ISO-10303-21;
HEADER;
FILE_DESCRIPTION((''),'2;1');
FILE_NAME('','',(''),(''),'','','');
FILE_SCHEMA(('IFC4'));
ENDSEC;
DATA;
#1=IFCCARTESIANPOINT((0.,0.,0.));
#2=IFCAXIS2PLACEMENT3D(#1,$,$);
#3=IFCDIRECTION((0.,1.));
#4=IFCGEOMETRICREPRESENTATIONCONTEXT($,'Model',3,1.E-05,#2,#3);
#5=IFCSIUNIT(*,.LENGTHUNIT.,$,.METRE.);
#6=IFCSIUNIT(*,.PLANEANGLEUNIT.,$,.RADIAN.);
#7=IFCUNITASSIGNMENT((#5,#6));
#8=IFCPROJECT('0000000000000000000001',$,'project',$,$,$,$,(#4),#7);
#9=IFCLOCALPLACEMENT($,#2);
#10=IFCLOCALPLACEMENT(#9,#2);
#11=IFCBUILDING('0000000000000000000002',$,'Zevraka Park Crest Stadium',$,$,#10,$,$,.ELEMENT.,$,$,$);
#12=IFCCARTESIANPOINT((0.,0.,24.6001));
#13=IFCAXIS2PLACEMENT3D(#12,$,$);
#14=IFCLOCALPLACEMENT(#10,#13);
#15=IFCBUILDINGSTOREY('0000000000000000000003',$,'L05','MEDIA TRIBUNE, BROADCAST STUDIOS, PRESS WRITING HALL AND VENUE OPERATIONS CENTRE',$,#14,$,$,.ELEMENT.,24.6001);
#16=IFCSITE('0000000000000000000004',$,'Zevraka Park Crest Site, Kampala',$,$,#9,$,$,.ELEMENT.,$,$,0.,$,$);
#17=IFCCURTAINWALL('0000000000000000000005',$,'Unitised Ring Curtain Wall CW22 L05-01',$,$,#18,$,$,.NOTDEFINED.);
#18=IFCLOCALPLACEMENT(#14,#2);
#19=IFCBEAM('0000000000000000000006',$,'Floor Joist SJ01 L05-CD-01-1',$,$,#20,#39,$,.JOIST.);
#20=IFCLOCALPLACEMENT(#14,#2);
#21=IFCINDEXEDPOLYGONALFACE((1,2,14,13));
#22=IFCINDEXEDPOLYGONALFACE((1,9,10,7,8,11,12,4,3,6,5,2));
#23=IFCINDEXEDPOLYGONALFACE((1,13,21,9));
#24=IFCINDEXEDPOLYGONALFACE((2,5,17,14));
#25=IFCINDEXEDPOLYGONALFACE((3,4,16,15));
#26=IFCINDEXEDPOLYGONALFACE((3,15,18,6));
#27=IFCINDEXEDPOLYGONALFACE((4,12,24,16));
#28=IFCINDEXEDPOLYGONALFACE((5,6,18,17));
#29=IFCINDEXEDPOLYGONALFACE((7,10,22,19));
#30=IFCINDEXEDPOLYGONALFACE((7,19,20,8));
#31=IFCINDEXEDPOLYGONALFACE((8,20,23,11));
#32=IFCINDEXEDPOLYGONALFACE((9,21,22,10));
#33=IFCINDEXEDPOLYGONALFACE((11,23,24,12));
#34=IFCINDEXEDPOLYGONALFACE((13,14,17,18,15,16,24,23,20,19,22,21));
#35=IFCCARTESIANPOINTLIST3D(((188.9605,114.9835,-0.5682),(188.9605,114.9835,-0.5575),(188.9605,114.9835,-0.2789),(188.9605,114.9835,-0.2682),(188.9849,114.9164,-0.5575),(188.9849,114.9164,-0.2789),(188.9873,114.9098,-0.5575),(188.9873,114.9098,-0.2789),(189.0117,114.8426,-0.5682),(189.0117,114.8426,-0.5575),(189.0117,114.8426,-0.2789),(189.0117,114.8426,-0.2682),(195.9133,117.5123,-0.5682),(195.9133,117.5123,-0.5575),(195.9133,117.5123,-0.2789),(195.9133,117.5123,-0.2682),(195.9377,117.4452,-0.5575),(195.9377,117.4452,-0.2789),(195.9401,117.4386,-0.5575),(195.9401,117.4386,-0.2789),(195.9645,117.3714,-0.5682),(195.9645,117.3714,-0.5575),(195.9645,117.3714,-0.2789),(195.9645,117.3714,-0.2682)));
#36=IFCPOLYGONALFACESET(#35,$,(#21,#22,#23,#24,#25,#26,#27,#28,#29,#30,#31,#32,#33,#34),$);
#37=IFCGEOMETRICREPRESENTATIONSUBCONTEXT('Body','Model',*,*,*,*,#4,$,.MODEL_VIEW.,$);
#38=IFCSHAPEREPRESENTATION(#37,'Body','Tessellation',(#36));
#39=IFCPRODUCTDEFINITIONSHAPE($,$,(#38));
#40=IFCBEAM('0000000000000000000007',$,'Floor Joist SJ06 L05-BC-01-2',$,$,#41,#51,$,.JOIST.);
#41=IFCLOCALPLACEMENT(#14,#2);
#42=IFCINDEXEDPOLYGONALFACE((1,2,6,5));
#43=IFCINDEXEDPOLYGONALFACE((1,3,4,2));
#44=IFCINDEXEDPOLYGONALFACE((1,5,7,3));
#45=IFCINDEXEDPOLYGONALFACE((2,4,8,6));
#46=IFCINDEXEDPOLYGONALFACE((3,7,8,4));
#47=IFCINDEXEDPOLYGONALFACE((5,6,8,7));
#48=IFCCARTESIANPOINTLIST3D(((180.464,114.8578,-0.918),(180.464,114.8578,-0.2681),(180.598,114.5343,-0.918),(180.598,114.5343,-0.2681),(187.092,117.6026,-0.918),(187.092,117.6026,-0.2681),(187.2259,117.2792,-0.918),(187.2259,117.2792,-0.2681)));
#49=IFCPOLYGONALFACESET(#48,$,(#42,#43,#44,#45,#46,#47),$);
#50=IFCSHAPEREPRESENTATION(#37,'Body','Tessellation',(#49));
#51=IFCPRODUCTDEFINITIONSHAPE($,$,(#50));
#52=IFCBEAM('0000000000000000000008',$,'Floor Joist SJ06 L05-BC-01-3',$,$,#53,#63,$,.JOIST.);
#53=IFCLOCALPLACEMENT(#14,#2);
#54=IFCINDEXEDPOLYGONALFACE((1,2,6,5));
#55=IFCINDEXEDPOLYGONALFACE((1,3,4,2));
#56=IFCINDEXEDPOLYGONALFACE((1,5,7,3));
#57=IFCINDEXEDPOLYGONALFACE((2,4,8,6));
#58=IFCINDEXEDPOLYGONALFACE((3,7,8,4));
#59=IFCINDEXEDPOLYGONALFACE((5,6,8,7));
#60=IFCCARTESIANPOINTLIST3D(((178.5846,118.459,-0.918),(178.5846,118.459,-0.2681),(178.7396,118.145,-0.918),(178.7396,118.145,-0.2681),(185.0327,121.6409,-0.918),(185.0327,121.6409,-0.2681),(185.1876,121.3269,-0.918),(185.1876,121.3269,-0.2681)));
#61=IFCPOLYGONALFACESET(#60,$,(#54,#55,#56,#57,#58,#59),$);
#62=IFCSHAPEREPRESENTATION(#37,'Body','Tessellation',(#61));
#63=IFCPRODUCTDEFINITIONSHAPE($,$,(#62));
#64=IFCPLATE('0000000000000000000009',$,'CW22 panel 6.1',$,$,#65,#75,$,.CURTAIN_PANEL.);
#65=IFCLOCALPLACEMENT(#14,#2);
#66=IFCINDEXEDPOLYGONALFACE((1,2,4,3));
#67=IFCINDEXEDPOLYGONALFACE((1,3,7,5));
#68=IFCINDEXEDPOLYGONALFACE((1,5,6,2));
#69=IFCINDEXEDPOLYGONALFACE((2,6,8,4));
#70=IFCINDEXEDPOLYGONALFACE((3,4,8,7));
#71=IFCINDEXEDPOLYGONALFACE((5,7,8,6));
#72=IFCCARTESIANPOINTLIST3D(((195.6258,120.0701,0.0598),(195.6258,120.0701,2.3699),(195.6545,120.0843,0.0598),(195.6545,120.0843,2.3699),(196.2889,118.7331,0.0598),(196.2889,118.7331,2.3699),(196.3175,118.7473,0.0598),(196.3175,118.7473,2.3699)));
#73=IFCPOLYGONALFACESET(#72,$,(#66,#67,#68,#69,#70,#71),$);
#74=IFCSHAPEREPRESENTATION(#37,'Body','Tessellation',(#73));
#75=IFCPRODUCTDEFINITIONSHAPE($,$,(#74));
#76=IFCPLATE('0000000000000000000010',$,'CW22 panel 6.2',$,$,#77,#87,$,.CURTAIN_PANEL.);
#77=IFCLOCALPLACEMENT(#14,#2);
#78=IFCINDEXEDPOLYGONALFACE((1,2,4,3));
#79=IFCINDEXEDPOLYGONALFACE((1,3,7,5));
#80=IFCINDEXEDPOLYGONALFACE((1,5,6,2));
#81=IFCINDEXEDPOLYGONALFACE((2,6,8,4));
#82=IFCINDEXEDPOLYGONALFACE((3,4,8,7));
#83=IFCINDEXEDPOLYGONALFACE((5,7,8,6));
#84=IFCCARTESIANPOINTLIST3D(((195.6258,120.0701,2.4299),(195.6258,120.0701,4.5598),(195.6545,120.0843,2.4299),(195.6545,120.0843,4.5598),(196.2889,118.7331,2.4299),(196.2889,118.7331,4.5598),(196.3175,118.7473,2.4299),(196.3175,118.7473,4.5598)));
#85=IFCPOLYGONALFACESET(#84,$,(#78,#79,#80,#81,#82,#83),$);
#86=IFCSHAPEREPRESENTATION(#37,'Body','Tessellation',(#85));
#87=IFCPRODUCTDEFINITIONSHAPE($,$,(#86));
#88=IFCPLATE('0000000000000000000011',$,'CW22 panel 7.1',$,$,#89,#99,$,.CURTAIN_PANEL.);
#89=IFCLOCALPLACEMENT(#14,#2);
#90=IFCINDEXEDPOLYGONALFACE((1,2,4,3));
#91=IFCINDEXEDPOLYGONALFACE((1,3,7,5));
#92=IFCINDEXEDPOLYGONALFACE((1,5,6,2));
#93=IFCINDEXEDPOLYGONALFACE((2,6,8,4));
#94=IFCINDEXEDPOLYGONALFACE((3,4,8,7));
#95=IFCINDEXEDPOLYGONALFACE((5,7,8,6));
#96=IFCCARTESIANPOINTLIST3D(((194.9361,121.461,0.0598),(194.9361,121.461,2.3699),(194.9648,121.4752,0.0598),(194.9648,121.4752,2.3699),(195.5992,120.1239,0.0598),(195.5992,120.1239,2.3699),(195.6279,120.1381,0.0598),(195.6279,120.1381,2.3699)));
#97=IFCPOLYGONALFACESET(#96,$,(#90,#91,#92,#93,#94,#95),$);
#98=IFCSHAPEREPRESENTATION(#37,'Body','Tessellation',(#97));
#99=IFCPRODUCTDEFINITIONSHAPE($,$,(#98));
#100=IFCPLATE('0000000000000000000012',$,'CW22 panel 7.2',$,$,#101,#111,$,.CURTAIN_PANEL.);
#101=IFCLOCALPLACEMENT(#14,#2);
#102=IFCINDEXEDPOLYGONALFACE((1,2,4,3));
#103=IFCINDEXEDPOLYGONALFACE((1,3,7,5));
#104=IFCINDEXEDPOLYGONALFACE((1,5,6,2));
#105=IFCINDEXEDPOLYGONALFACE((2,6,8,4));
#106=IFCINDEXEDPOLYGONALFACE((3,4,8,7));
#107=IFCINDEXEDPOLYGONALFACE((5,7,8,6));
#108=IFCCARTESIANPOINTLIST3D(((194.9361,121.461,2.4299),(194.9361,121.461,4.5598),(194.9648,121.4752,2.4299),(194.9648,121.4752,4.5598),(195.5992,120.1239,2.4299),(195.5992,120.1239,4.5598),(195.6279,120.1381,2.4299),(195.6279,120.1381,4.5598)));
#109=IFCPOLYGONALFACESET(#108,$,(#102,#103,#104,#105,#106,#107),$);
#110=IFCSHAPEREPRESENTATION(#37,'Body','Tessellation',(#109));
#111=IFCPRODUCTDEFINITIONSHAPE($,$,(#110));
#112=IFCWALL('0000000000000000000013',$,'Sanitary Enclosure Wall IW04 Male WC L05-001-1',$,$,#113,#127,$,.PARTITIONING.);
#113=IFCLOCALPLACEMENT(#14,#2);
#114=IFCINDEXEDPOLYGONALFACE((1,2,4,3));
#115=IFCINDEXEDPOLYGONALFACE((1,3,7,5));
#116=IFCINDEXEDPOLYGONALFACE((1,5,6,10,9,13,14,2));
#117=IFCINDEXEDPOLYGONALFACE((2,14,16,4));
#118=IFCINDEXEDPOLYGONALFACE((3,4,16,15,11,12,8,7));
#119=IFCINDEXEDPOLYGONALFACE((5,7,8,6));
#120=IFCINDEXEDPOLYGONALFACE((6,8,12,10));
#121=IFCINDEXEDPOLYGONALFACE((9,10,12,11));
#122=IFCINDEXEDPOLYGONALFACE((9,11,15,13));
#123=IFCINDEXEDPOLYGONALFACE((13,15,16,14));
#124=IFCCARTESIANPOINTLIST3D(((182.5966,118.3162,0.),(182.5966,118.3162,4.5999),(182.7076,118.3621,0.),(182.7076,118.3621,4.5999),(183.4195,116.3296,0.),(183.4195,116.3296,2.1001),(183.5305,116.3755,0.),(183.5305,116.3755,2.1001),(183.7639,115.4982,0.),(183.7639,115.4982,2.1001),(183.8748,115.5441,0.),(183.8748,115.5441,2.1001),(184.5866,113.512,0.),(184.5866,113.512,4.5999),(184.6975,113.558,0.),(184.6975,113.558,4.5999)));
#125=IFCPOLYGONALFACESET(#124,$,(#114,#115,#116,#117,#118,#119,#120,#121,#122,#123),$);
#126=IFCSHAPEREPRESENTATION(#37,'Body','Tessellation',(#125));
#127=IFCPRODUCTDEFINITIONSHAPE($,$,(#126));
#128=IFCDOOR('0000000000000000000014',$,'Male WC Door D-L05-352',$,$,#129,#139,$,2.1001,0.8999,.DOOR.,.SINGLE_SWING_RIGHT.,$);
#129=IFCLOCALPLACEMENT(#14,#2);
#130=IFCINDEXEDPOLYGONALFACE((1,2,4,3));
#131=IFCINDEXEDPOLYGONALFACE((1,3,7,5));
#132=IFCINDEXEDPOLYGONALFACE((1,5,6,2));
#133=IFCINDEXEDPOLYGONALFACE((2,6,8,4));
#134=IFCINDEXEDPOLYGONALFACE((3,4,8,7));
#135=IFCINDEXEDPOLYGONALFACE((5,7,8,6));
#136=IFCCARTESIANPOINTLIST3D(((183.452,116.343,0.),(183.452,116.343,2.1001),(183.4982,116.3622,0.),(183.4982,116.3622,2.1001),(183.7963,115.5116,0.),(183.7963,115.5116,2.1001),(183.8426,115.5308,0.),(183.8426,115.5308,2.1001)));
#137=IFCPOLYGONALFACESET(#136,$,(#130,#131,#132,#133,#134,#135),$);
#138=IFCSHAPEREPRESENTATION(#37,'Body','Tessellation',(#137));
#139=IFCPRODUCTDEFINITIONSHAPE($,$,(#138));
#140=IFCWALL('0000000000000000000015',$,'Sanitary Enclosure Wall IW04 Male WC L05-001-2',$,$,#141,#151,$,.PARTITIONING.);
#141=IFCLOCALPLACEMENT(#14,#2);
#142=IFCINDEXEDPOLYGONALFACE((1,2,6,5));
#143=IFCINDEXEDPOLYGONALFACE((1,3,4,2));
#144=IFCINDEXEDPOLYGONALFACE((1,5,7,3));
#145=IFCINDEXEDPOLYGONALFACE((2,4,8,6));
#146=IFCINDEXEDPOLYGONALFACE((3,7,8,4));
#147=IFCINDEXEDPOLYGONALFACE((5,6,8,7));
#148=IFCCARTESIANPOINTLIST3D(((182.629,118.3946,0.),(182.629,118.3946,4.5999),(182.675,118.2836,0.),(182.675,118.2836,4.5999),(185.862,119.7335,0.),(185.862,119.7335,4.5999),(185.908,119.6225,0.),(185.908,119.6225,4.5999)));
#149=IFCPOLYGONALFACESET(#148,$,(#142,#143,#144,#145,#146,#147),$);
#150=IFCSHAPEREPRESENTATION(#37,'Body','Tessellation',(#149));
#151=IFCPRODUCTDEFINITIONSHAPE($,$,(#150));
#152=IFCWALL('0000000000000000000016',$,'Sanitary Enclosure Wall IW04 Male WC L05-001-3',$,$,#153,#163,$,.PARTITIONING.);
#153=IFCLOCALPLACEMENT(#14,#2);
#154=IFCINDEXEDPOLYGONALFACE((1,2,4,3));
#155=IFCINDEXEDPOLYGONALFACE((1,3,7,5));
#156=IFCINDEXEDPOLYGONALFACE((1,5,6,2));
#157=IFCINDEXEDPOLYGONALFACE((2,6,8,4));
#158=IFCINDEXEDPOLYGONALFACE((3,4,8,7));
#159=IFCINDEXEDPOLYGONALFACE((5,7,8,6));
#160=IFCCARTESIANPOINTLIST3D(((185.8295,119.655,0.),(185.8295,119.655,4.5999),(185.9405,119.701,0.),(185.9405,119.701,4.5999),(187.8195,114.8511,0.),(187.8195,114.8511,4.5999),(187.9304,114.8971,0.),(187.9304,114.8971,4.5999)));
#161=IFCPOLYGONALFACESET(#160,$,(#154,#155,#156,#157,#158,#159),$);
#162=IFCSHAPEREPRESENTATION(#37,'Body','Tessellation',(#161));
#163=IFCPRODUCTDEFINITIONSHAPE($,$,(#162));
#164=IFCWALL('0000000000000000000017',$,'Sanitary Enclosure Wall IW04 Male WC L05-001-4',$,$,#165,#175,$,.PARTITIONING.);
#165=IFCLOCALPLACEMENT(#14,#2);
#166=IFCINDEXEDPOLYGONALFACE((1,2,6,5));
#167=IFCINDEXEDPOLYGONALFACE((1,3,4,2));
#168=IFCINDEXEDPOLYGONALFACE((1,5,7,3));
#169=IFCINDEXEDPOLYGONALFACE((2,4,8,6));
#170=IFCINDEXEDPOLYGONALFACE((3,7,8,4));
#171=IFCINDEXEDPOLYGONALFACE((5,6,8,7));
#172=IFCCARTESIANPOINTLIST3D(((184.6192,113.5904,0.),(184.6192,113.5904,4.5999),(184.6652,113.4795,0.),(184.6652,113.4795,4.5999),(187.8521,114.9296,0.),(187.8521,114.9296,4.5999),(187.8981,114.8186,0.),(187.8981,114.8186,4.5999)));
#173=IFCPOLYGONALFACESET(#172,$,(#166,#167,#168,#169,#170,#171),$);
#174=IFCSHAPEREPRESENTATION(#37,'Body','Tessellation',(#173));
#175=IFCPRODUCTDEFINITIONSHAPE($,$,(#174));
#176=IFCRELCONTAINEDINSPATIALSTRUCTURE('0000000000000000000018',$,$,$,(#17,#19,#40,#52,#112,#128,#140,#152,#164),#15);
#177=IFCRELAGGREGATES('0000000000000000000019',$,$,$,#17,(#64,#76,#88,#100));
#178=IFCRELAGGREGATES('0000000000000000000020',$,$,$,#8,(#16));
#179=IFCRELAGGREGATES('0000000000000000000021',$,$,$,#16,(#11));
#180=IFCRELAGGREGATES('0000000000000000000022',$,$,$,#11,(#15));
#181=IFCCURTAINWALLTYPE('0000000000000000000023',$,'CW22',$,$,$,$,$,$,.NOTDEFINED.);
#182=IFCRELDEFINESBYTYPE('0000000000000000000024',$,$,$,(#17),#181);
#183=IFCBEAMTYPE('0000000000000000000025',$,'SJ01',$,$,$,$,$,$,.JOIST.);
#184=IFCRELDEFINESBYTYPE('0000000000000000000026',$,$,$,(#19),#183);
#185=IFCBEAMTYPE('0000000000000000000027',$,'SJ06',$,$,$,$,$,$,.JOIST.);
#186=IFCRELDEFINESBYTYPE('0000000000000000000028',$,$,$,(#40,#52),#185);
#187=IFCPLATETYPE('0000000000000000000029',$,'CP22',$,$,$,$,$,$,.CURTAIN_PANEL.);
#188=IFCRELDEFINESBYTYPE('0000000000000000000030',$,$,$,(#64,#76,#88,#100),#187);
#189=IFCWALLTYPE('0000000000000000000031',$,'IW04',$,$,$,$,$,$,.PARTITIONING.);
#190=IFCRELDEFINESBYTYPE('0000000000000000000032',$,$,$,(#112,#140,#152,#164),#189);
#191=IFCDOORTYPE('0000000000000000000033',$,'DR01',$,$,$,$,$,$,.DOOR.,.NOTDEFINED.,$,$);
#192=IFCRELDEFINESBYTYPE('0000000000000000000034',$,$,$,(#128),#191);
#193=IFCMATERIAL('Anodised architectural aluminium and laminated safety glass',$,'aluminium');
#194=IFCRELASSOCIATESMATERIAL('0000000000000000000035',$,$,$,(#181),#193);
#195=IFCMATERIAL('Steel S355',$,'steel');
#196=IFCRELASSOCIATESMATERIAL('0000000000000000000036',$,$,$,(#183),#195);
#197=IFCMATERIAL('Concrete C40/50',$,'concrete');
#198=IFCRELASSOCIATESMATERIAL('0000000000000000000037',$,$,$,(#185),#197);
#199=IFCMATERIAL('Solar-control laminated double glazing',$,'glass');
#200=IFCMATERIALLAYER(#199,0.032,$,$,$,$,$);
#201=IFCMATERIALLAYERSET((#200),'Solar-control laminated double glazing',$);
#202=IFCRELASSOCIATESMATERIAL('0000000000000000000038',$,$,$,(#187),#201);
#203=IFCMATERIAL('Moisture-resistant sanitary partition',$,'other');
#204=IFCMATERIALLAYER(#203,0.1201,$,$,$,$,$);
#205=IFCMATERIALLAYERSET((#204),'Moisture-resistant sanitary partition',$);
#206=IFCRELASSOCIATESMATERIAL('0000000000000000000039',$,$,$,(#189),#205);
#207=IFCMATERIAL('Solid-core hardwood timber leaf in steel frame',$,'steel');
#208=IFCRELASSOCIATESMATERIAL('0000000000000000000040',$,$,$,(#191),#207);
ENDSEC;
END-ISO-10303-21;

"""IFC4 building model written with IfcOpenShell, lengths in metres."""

from ifc_helpers import new_model, si_unit, direction, frame, frame_2d, origin, origin_2d, place, context, subcontext, project, spatial, rectangle, i_section, extrude, material, layer, layer_set, material_profile, profile_set, type_object, element, fill, aggregate, save


model = new_model("IFC4")

# Units and contexts
model_context = context("Model", 3, precision=1e-05, world=origin(), true_north=direction((0.0, 1.0)))
body_context = subcontext(model_context, "Body", "Model", "MODEL_VIEW")
ifc_project = project(units=[si_unit("LENGTHUNIT", "METRE"), si_unit("PLANEANGLEUNIT", "RADIAN")], contexts=[model_context])

# Site, building, storey
site_placement = place(None, origin())
site = spatial("IfcSite", under=ifc_project, at=site_placement, Name="Zevraka Park Crest Site, Kampala", CompositionType="ELEMENT", RefElevation=0.0)
building_placement = place(site_placement, origin())
building = spatial("IfcBuilding", under=site, at=building_placement, Name="Zevraka Park Crest Stadium", CompositionType="ELEMENT")
storey_placement = place(building_placement, frame((0.0, 0.0, 24.6001)))
storey = spatial("IfcBuildingStorey", under=building, at=storey_placement, Name="L05", Description="MEDIA TRIBUNE, BROADCAST STUDIOS, PRESS WRITING HALL AND VENUE OPERATIONS CENTRE", CompositionType="ELEMENT", Elevation=24.6001)

# Curtain wall
ifc_material_1 = material(Name="Anodised architectural aluminium and laminated safety glass", Category="aluminium")
curtain_wall_type = type_object("IfcCurtainWallType", Name="CW22", PredefinedType="NOTDEFINED", material=ifc_material_1)
curtain_wall_placement = place(storey_placement, origin())
curtain_wall = element("IfcCurtainWall", 1, at=curtain_wall_placement, inside=storey, type_object=curtain_wall_type, Name="Unitised Ring Curtain Wall CW22 L05-01", PredefinedType="NOTDEFINED")

# Beams
ifc_material_2 = material(Name="Steel S355", Category="steel")
ifc_material_profile_1 = material_profile(ifc_material_2, i_section(OverallWidth=0.1499, OverallDepth=0.3, WebThickness=0.0071, FlangeThickness=0.0107, at=origin_2d()), Name="IPE 300")
ifc_profile_set_1 = profile_set([ifc_material_profile_1], Name="Steel S355")
beam_type_1 = type_object("IfcBeamType", Name="SJ01", PredefinedType="JOIST", material=ifc_profile_set_1)
beam_1_placement = place(storey_placement, frame((188.9861, 114.9131, -0.4182), z_axis=(0.939772, 0.341801, 0.0), x_axis=(-0.341801, 0.939772, 0.0)))
element("IfcBeam", 2, at=beam_1_placement, inside=storey, type_object=beam_type_1, Name="Floor Joist SJ01 L05-CD-01-1", PredefinedType="JOIST", context=body_context, shape_type="SweptSolid", body=[
    extrude(i_section(OverallWidth=0.1499, OverallDepth=0.3, WebThickness=0.0071, FlangeThickness=0.0107, at=origin_2d()), origin(), (0.0, 0.0, 1.0), 7.3984),
])
ifc_material_3 = material(Name="Concrete C40/50", Category="concrete")
ifc_material_profile_2 = material_profile(ifc_material_3, rectangle(XDim=0.3501, YDim=0.6499, at=origin_2d()), Name="RC 650x350")
ifc_profile_set_2 = profile_set([ifc_material_profile_2], Name="Concrete C40/50")
beam_type_2 = type_object("IfcBeamType", Name="SJ06", PredefinedType="JOIST", material=ifc_profile_set_2)
beam_2_placement = place(storey_placement, frame((180.531, 114.696, -0.593), z_axis=(0.923904, 0.382623, 0.0), x_axis=(-0.382623, 0.923904, 0.0)))
element("IfcBeam", 3, at=beam_2_placement, inside=storey, type_object=beam_type_2, Name="Floor Joist SJ06 L05-BC-01-2", PredefinedType="JOIST", context=body_context, shape_type="SweptSolid", body=[
    extrude(rectangle(XDim=0.3501, YDim=0.6499, at=origin_2d()), origin(), (0.0, 0.0, 1.0), 7.1738),
])
beam_3_placement = place(storey_placement, frame((178.6621, 118.302, -0.593), z_axis=(0.896758, 0.442522, 0.0), x_axis=(-0.442522, 0.896758, 0.0)))
element("IfcBeam", 4, at=beam_3_placement, inside=storey, type_object=beam_type_2, Name="Floor Joist SJ06 L05-BC-01-3", PredefinedType="JOIST", context=body_context, shape_type="SweptSolid", body=[
    extrude(rectangle(XDim=0.3501, YDim=0.6499, at=origin_2d()), origin(), (0.0, 0.0, 1.0), 7.1904),
])

# Plates
ifc_material_4 = material(Name="Solar-control laminated double glazing", Category="glass")
ifc_layer_1 = layer(ifc_material_4, 0.032)
ifc_layer_set_1 = layer_set([ifc_layer_1], Name="Solar-control laminated double glazing")
plate_type = type_object("IfcPlateType", Name="CP22", PredefinedType="CURTAIN_PANEL", material=ifc_layer_set_1)
plate_1_placement = place(storey_placement, frame((195.9717, 119.4087, 0.0598), z_axis=(0.0, 0.0, 1.0), x_axis=(-0.444297, 0.895879, 0.0)))
plate_1 = element("IfcPlate", 5, at=plate_1_placement, type_object=plate_type, Name="CW22 panel 6.1", PredefinedType="CURTAIN_PANEL", context=body_context, shape_type="SweptSolid", body=[
    extrude(rectangle(XDim=1.4924, YDim=0.032, at=origin_2d()), origin(), (0.0, 0.0, 1.0), 2.3101),
])
plate_2_placement = place(storey_placement, frame((195.9717, 119.4087, 2.4299), z_axis=(0.0, 0.0, 1.0), x_axis=(-0.444297, 0.895879, 0.0)))
plate_2 = element("IfcPlate", 6, at=plate_2_placement, type_object=plate_type, Name="CW22 panel 6.2", PredefinedType="CURTAIN_PANEL", context=body_context, shape_type="SweptSolid", body=[
    extrude(rectangle(XDim=1.4924, YDim=0.032, at=origin_2d()), origin(), (0.0, 0.0, 1.0), 2.1299),
])
plate_3_placement = place(storey_placement, frame((195.282, 120.7996, 0.0598), z_axis=(0.0, 0.0, 1.0), x_axis=(-0.444297, 0.895879, 0.0)))
plate_3 = element("IfcPlate", 7, at=plate_3_placement, type_object=plate_type, Name="CW22 panel 7.1", PredefinedType="CURTAIN_PANEL", context=body_context, shape_type="SweptSolid", body=[
    extrude(rectangle(XDim=1.4924, YDim=0.032, at=origin_2d()), origin(), (0.0, 0.0, 1.0), 2.3101),
])
plate_4_placement = place(storey_placement, frame((195.282, 120.7996, 2.4299), z_axis=(0.0, 0.0, 1.0), x_axis=(-0.444297, 0.895879, 0.0)))
plate_4 = element("IfcPlate", 8, at=plate_4_placement, type_object=plate_type, Name="CW22 panel 7.2", PredefinedType="CURTAIN_PANEL", context=body_context, shape_type="SweptSolid", body=[
    extrude(rectangle(XDim=1.4924, YDim=0.032, at=origin_2d()), origin(), (0.0, 0.0, 1.0), 2.1299),
])
aggregate(curtain_wall, [plate_1, plate_2, plate_3, plate_4])

# Wall, opening, door
ifc_material_5 = material(Name="Moisture-resistant sanitary partition", Category="other")
ifc_layer_2 = layer(ifc_material_5, 0.1201)
ifc_layer_set_2 = layer_set([ifc_layer_2], Name="Moisture-resistant sanitary partition")
wall_type_1 = type_object("IfcWallType", Name="IW04", PredefinedType="PARTITIONING", material=ifc_layer_set_2)
wall_1_placement = place(storey_placement, frame((184.6421, 113.5349, 0.0), z_axis=(0.0, 0.0, 1.0), x_axis=(-0.382688, 0.923878, 0.0)))
wall_1 = element("IfcWall", 9, at=wall_1_placement, inside=storey, type_object=wall_type_1, Name="Sanitary Enclosure Wall IW04 Male WC L05-001-1", PredefinedType="PARTITIONING", context=body_context, shape_type="SweptSolid", body=[
    extrude(rectangle(XDim=5.2, YDim=0.1201, at=frame_2d((2.6001, 0.0))), origin(), (0.0, 0.0, 1.0), 4.5999),
])
opening_1_placement = place(wall_1_placement, frame((2.1499, 0.0, 0.0)))
opening_1 = element("IfcOpeningElement", 10, at=opening_1_placement, cuts=wall_1, PredefinedType="OPENING", context=body_context, shape_type="SweptSolid", body=[
    extrude(rectangle(XDim=0.8999, YDim=2.1001, at=frame_2d((0.45, 1.05))), frame((0.0, 0.0701, 0.0), z_axis=(0.0, -1.0, 0.0), x_axis=(1.0, 0.0, 0.0)), (0.0, 0.0, 1.0), 0.1401),
])
ifc_material_6 = material(Name="Solid-core hardwood timber leaf in steel frame", Category="steel")
door_type_1 = type_object("IfcDoorType", Name="DR01", OperationType="NOTDEFINED", PredefinedType="DOOR", material=ifc_material_6)
door_1_placement = place(opening_1_placement, origin())
door_1 = element("IfcDoor", 11, at=door_1_placement, inside=storey, type_object=door_type_1, Name="Male WC Door D-L05-352", OperationType="SINGLE_SWING_RIGHT", OverallHeight=2.1001, OverallWidth=0.8999, PredefinedType="DOOR", context=body_context, shape_type="SweptSolid", body=[
    extrude(rectangle(XDim=0.8999, YDim=2.1001, at=frame_2d((0.45, 1.05))), frame((0.0, 0.0249, 0.0), z_axis=(0.0, -1.0, 0.0), x_axis=(1.0, 0.0, 0.0)), (0.0, 0.0, 1.0), 0.05),
])
fill(opening_1, door_1)

# Walls
wall_2_placement = place(storey_placement, frame((182.6521, 118.3391, 0.0), z_axis=(0.0, 0.0, 1.0), x_axis=(0.923905, 0.382623, 0.0)))
element("IfcWall", 12, at=wall_2_placement, inside=storey, type_object=wall_type_1, Name="Sanitary Enclosure Wall IW04 Male WC L05-001-2", PredefinedType="PARTITIONING", context=body_context, shape_type="SweptSolid", body=[
    extrude(rectangle(XDim=3.4993, YDim=0.1201, at=frame_2d((1.7495, 0.0))), origin(), (0.0, 0.0, 1.0), 4.5999),
])
wall_3_placement = place(storey_placement, frame((185.885, 119.678, 0.0), z_axis=(0.0, 0.0, 1.0), x_axis=(0.382704, -0.923871, 0.0)))
element("IfcWall", 13, at=wall_3_placement, inside=storey, type_object=wall_type_1, Name="Sanitary Enclosure Wall IW04 Male WC L05-001-3", PredefinedType="PARTITIONING", context=body_context, shape_type="SweptSolid", body=[
    extrude(rectangle(XDim=5.1997, YDim=0.1201, at=frame_2d((2.5999, 0.0))), origin(), (0.0, 0.0, 1.0), 4.5999),
])
wall_4_placement = place(storey_placement, frame((187.875, 114.874, 0.0), z_axis=(0.0, 0.0, 1.0), x_axis=(-0.92388, -0.382682, 0.0)))
element("IfcWall", 14, at=wall_4_placement, inside=storey, type_object=wall_type_1, Name="Sanitary Enclosure Wall IW04 Male WC L05-001-4", PredefinedType="PARTITIONING", context=body_context, shape_type="SweptSolid", body=[
    extrude(rectangle(XDim=3.4993, YDim=0.1201, at=frame_2d((1.7495, 0.0))), origin(), (0.0, 0.0, 1.0), 4.5999),
])

save(model, "model.ifc")
